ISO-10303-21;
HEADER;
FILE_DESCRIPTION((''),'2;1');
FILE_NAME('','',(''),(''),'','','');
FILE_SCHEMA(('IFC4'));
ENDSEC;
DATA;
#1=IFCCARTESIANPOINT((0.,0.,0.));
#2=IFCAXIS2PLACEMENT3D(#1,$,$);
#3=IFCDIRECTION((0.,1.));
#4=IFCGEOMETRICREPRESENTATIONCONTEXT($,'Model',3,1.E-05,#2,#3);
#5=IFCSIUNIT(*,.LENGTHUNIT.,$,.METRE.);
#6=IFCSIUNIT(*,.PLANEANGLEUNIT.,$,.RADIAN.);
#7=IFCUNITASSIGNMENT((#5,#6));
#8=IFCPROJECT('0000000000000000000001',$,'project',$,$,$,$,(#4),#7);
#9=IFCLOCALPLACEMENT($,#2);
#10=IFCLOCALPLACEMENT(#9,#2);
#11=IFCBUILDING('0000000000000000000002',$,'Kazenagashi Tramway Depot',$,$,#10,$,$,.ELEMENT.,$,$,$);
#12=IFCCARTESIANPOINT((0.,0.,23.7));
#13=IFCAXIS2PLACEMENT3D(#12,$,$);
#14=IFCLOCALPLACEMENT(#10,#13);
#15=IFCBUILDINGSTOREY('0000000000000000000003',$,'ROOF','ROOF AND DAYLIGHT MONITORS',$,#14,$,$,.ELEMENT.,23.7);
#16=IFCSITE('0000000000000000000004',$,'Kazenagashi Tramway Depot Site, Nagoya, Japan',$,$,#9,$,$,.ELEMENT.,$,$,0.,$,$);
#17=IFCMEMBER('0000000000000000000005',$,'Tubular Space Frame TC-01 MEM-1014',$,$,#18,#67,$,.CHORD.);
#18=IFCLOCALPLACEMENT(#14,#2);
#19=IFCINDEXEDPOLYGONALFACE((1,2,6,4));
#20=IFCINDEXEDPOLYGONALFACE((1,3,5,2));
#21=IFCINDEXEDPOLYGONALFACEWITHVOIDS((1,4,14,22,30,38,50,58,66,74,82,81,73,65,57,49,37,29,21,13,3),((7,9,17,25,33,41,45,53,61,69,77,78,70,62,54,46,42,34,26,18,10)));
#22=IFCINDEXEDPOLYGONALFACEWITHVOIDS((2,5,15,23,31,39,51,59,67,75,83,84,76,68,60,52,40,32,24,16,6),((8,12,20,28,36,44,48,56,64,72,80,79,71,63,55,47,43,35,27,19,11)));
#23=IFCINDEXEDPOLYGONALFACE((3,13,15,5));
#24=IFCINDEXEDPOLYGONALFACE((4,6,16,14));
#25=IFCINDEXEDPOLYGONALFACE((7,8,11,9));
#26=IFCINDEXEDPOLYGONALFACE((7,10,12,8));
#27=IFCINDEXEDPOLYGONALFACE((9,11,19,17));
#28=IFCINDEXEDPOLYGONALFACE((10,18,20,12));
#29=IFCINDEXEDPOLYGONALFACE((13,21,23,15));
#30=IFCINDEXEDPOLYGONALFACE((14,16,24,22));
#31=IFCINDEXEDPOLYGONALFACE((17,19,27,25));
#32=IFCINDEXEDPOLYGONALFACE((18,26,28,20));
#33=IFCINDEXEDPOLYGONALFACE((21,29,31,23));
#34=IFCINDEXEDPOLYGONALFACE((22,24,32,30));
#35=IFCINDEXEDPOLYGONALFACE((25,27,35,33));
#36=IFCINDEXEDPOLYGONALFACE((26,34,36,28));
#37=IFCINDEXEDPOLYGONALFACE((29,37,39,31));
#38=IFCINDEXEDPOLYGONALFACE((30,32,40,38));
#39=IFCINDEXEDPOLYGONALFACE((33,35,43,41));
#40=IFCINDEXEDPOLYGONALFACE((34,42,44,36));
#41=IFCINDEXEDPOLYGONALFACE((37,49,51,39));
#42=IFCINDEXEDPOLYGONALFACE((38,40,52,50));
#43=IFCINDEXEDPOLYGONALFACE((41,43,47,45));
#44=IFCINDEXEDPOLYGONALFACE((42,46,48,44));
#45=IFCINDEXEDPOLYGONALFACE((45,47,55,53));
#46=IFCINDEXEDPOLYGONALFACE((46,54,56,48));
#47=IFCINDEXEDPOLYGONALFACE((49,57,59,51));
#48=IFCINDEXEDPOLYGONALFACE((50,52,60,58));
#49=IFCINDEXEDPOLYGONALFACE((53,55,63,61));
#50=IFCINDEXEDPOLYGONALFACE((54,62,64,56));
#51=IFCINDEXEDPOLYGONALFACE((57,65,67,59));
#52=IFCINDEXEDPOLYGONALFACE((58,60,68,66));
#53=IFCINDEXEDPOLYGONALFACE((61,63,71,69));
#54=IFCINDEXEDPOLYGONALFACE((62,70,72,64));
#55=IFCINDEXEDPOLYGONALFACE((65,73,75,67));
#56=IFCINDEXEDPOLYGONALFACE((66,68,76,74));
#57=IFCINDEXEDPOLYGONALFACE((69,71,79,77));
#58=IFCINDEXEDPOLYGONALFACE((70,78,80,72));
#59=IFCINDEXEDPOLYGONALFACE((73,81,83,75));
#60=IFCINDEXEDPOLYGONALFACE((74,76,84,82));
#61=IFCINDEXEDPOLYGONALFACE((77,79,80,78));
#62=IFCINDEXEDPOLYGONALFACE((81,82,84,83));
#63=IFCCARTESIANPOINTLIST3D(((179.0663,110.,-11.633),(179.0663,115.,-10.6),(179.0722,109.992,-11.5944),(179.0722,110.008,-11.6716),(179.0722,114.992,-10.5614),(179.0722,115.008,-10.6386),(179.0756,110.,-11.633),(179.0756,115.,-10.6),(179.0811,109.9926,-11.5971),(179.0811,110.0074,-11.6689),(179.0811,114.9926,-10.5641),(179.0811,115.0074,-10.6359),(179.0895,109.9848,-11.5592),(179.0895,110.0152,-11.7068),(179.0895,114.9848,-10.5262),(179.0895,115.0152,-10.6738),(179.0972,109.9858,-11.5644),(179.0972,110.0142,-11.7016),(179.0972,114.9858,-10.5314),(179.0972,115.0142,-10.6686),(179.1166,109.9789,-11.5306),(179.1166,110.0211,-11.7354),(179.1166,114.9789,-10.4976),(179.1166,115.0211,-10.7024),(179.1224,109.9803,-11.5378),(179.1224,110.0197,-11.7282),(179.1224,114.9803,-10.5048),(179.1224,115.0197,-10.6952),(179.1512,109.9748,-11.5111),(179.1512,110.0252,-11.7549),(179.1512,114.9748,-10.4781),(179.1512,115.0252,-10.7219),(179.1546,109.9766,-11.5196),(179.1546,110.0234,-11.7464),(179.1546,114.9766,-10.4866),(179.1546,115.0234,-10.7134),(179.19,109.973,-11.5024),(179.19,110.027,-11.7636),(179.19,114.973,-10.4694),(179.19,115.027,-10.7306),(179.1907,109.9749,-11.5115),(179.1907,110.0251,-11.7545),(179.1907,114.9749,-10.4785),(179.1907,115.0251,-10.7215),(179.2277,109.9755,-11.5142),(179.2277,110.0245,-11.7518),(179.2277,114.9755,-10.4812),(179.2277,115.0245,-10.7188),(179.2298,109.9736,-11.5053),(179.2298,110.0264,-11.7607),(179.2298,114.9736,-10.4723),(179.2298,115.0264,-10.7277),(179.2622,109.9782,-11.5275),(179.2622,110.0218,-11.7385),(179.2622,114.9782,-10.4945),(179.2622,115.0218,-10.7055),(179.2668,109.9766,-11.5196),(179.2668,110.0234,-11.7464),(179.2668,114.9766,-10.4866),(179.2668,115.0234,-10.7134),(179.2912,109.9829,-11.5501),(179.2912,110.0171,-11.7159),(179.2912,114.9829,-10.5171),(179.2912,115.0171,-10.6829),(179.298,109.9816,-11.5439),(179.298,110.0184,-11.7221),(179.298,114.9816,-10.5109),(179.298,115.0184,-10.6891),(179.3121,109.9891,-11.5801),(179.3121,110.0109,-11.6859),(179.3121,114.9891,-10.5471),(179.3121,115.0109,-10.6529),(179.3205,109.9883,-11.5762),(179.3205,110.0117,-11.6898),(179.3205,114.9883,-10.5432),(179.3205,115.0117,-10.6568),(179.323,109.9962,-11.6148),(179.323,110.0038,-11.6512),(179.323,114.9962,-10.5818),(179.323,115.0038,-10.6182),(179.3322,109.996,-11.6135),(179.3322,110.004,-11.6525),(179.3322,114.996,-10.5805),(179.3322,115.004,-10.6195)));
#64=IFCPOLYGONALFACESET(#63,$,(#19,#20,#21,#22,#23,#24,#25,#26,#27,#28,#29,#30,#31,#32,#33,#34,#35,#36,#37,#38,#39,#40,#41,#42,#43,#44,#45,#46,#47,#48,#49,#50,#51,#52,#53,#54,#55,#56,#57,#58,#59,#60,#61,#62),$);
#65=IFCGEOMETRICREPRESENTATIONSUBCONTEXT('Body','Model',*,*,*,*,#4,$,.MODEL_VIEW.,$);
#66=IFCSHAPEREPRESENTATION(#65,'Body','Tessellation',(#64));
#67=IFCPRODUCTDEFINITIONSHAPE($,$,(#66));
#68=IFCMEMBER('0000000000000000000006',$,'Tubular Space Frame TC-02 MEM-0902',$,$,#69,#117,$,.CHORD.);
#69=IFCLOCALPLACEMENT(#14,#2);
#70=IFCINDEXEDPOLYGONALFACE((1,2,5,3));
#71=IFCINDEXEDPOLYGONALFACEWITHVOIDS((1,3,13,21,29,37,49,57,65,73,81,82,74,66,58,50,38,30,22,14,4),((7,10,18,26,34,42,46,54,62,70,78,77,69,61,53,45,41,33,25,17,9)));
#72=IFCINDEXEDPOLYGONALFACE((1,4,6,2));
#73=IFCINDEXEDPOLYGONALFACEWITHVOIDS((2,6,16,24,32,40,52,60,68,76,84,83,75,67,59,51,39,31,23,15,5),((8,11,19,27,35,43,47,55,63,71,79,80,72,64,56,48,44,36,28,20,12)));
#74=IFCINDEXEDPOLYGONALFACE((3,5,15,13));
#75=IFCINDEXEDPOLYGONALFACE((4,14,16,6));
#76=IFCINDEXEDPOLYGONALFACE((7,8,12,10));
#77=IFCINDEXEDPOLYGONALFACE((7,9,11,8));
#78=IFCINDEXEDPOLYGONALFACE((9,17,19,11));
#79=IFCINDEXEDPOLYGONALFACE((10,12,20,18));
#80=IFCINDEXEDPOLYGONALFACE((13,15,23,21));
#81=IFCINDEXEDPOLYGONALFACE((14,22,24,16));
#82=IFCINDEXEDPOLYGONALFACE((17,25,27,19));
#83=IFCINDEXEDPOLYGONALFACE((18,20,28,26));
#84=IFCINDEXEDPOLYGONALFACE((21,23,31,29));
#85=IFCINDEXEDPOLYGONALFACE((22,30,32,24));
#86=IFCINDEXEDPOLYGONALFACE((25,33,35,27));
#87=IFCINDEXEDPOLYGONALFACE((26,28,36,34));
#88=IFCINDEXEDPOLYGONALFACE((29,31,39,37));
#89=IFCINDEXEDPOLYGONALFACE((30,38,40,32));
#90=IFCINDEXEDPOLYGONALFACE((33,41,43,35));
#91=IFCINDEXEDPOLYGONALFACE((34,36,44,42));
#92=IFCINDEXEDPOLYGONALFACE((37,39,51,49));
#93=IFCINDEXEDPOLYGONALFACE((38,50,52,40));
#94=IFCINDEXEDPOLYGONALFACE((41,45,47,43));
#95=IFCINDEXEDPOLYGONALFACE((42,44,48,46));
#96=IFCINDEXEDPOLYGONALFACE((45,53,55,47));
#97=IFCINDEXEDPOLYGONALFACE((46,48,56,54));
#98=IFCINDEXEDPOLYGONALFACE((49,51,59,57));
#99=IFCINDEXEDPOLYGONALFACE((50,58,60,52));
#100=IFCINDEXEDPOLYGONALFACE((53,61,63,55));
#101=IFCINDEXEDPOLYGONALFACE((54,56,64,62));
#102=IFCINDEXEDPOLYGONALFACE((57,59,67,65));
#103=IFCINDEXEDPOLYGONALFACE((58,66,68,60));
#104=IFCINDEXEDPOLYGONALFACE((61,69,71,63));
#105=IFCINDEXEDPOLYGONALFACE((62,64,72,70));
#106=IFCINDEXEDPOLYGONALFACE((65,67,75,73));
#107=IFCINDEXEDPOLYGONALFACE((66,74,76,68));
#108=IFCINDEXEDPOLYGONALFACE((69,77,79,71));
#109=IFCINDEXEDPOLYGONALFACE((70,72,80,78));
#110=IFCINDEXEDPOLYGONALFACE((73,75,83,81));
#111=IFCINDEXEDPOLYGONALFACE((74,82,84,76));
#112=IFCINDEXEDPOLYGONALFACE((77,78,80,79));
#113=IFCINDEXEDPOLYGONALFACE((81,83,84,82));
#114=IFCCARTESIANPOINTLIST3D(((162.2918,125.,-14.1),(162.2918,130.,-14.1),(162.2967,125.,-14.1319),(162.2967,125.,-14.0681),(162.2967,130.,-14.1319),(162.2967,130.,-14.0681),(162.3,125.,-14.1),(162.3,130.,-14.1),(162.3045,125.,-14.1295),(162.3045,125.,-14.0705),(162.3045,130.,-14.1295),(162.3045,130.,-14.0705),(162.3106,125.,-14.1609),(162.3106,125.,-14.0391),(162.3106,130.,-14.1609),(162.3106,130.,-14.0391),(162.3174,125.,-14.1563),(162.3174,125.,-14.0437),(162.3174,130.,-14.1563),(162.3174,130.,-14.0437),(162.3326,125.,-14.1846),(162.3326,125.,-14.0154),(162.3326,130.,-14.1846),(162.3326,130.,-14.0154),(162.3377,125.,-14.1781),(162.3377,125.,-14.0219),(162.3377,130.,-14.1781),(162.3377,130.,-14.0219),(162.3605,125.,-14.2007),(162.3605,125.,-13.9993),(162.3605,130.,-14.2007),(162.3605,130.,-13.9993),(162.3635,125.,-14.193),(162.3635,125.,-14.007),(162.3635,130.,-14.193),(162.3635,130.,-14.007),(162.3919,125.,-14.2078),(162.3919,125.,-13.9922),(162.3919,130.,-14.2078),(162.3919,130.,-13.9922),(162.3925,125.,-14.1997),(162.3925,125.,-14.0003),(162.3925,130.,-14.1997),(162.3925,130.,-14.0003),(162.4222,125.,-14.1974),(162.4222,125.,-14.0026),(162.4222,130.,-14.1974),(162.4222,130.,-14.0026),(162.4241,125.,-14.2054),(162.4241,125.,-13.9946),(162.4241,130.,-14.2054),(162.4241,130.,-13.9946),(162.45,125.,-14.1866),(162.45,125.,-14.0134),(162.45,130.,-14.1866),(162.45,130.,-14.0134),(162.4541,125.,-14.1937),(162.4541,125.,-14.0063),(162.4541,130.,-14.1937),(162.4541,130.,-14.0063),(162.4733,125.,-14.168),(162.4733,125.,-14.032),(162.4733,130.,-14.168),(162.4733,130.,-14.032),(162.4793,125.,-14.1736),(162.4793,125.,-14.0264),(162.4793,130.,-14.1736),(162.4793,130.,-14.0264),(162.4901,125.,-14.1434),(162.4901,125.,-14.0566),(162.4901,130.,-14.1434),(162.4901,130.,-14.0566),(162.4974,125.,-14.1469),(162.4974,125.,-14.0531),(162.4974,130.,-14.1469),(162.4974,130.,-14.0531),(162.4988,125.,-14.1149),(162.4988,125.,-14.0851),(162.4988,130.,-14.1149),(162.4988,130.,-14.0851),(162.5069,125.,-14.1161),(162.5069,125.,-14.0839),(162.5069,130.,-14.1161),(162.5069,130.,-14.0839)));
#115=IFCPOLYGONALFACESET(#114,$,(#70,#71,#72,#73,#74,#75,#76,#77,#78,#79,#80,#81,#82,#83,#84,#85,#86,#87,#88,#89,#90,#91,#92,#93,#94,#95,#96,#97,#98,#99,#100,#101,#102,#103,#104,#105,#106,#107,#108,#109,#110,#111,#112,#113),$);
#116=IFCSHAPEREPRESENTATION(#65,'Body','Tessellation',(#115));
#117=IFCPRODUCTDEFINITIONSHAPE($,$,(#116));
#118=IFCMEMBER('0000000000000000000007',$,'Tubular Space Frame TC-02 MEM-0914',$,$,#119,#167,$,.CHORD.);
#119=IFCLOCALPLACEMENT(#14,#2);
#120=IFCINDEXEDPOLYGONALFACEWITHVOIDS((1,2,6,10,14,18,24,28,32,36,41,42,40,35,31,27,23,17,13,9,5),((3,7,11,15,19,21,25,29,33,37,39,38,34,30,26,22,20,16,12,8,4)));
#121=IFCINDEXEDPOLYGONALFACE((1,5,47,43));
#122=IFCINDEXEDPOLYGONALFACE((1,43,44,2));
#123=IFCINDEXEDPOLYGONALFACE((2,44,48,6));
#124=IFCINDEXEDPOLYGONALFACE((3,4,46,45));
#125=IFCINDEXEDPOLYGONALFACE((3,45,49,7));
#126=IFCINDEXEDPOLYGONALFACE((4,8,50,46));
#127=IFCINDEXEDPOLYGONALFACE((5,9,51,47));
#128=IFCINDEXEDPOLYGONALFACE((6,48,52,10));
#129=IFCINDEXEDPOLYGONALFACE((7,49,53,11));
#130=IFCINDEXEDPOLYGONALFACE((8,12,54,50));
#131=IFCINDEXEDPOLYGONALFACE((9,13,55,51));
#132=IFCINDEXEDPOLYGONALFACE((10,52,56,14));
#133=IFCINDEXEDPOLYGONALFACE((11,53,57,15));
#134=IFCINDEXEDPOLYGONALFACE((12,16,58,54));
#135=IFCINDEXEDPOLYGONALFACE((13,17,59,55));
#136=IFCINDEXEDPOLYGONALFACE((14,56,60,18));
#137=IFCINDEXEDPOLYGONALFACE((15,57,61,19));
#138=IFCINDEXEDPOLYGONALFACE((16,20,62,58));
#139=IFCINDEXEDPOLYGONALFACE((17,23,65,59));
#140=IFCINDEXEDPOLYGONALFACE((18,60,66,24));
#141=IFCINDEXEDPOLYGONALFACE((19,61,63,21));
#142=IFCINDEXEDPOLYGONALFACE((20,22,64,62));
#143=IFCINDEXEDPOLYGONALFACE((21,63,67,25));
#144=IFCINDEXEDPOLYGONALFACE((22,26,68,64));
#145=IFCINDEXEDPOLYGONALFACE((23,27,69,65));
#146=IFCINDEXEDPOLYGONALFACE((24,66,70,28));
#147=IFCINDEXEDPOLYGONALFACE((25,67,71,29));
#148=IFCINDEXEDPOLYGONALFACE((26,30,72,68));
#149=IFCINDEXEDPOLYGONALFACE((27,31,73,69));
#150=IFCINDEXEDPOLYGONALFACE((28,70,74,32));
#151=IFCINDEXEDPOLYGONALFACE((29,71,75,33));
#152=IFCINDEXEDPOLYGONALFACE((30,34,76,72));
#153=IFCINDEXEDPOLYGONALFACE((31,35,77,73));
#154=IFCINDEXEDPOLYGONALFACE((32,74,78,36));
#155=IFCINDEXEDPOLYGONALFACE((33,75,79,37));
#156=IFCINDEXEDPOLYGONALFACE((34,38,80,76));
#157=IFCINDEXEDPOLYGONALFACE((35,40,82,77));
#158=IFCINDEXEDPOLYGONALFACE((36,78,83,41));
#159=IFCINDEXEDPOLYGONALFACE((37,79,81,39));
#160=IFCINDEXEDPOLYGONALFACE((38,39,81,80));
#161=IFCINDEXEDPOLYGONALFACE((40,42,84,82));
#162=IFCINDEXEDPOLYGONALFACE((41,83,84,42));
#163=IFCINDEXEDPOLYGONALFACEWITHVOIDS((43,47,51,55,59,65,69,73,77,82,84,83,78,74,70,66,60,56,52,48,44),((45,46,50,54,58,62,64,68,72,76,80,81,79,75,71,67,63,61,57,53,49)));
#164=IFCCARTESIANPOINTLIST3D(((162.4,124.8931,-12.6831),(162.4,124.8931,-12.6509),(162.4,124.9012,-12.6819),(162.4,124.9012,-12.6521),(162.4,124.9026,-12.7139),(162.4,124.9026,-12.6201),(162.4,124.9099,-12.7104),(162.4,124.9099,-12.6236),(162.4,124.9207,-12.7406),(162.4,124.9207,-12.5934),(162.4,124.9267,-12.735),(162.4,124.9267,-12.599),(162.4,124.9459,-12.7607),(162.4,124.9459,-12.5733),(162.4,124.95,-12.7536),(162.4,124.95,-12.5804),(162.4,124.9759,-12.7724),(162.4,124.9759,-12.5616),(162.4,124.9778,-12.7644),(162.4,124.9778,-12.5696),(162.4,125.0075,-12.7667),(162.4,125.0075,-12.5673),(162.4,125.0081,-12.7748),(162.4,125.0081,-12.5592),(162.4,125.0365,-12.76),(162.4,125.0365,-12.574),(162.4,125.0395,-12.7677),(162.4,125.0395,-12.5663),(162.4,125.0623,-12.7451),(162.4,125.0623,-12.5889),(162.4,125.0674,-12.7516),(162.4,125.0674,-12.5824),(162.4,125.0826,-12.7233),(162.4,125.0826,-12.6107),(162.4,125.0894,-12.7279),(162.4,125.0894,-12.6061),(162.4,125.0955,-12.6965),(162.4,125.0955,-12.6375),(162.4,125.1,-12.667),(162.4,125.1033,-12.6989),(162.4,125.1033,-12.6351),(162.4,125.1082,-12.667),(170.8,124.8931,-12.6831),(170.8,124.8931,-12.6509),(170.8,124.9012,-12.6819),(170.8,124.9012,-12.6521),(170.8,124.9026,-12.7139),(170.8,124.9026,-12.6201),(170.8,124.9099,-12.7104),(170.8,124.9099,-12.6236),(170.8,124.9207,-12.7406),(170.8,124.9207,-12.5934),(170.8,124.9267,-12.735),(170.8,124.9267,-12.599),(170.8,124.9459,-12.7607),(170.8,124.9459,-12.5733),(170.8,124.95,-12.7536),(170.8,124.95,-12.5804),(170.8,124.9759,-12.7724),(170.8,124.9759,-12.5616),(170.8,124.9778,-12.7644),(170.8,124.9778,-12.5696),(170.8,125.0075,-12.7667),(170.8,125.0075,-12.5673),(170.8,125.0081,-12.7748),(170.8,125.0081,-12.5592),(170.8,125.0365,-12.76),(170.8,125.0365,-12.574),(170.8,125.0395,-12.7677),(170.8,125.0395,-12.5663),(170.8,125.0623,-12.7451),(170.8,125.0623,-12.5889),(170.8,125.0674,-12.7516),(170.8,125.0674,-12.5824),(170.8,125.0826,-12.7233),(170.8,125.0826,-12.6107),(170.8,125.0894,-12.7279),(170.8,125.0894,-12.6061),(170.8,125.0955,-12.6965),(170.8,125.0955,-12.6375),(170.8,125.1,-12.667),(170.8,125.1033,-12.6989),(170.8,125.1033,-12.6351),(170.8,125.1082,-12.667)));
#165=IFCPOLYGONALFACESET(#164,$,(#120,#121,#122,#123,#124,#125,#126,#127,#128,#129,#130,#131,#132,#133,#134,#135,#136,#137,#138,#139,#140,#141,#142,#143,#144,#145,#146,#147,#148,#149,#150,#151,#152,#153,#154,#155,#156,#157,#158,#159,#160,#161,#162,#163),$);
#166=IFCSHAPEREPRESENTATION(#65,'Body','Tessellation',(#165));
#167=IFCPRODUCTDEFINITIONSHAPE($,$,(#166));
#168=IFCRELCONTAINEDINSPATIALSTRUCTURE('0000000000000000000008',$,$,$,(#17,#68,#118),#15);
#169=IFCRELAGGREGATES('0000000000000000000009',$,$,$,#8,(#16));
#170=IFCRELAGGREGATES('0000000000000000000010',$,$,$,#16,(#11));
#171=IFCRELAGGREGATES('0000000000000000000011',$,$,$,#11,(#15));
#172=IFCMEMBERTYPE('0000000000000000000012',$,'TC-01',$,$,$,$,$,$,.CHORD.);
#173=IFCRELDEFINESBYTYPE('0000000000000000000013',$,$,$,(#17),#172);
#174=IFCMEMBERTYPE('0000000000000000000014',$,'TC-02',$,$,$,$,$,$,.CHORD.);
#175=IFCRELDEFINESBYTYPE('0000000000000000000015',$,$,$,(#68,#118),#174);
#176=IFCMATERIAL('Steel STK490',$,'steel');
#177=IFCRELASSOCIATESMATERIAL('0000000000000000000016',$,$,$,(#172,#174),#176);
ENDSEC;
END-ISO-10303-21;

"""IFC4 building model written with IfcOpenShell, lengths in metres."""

from ifc_helpers import new_model, si_unit, direction, frame, origin, origin_2d, place, context, subcontext, project, spatial, hollow_circle, extrude, material, material_profile, profile_set, type_object, element, save


model = new_model("IFC4")

# Units and contexts
model_context = context("Model", 3, precision=1e-05, world=origin(), true_north=direction((0.0, 1.0)))
body_context = subcontext(model_context, "Body", "Model", "MODEL_VIEW")
ifc_project = project(units=[si_unit("LENGTHUNIT", "METRE"), si_unit("PLANEANGLEUNIT", "RADIAN")], contexts=[model_context])

# Site, building, storey
site_placement = place(None, origin())
site = spatial("IfcSite", under=ifc_project, at=site_placement, Name="Kazenagashi Tramway Depot Site, Nagoya, Japan", CompositionType="ELEMENT", RefElevation=0.0)
building_placement = place(site_placement, origin())
building = spatial("IfcBuilding", under=site, at=building_placement, Name="Kazenagashi Tramway Depot", CompositionType="ELEMENT")
storey_placement = place(building_placement, frame((0.0, 0.0, 23.7)))
storey = spatial("IfcBuildingStorey", under=building, at=storey_placement, Name="ROOF", Description="ROOF AND DAYLIGHT MONITORS", CompositionType="ELEMENT", Elevation=23.7)

# Members
ifc_material_1 = material(Name="Steel STK490", Category="steel")
ifc_material_profile_1 = material_profile(ifc_material_1, hollow_circle(Radius=0.1337, WallThickness=0.0093, at=origin_2d()), Name="CHS-267.4x9.3")
ifc_profile_set_1 = profile_set([ifc_material_profile_1], Name="Steel STK490")
member_type_1 = type_object("IfcMemberType", Name="TC-01", PredefinedType="CHORD", material=ifc_profile_set_1)
for number, where, z_axis, x_axis, name in (
    (1, (179.2, 110.0, -11.633), (0.0, 0.979318, 0.202327), (-1.0, 0.0, 0.0), "Tubular Space Frame TC-01 MEM-1014"),
):
    element("IfcMember", number, at=place(storey_placement, frame(where, z_axis=z_axis, x_axis=x_axis)), inside=storey, type_object=member_type_1, Name=name, PredefinedType="CHORD", context=body_context, shape_type="SweptSolid", body=[
        extrude(hollow_circle(Radius=0.1337, WallThickness=0.0093, at=origin_2d()), origin(), (0.0, 0.0, 1.0), 5.1056),
    ])
ifc_material_profile_2 = material_profile(ifc_material_1, hollow_circle(Radius=0.1081, WallThickness=0.0082, at=origin_2d()), Name="CHS-216.3x8.2")
ifc_profile_set_2 = profile_set([ifc_material_profile_2], Name="Steel STK490")
member_type_2 = type_object("IfcMemberType", Name="TC-02", PredefinedType="CHORD", material=ifc_profile_set_2)
member_1_placement = place(storey_placement, frame((162.4, 125.0, -14.1), z_axis=(0.0, 1.0, 0.0), x_axis=(-1.0, 0.0, 0.0)))
element("IfcMember", 2, at=member_1_placement, inside=storey, type_object=member_type_2, Name="Tubular Space Frame TC-02 MEM-0902", PredefinedType="CHORD", context=body_context, shape_type="SweptSolid", body=[
    extrude(hollow_circle(Radius=0.1081, WallThickness=0.0082, at=origin_2d()), origin(), (0.0, 0.0, 1.0), 5.0),
])
member_2_placement = place(storey_placement, frame((162.4, 125.0, -12.667), z_axis=(1.0, 0.0, 0.0), x_axis=(0.0, 1.0, 0.0)))
element("IfcMember", 3, at=member_2_placement, inside=storey, type_object=member_type_2, Name="Tubular Space Frame TC-02 MEM-0914", PredefinedType="CHORD", context=body_context, shape_type="SweptSolid", body=[
    extrude(hollow_circle(Radius=0.1081, WallThickness=0.0082, at=origin_2d()), origin(), (0.0, 0.0, 1.0), 8.4),
])

save(model, "model.ifc")
